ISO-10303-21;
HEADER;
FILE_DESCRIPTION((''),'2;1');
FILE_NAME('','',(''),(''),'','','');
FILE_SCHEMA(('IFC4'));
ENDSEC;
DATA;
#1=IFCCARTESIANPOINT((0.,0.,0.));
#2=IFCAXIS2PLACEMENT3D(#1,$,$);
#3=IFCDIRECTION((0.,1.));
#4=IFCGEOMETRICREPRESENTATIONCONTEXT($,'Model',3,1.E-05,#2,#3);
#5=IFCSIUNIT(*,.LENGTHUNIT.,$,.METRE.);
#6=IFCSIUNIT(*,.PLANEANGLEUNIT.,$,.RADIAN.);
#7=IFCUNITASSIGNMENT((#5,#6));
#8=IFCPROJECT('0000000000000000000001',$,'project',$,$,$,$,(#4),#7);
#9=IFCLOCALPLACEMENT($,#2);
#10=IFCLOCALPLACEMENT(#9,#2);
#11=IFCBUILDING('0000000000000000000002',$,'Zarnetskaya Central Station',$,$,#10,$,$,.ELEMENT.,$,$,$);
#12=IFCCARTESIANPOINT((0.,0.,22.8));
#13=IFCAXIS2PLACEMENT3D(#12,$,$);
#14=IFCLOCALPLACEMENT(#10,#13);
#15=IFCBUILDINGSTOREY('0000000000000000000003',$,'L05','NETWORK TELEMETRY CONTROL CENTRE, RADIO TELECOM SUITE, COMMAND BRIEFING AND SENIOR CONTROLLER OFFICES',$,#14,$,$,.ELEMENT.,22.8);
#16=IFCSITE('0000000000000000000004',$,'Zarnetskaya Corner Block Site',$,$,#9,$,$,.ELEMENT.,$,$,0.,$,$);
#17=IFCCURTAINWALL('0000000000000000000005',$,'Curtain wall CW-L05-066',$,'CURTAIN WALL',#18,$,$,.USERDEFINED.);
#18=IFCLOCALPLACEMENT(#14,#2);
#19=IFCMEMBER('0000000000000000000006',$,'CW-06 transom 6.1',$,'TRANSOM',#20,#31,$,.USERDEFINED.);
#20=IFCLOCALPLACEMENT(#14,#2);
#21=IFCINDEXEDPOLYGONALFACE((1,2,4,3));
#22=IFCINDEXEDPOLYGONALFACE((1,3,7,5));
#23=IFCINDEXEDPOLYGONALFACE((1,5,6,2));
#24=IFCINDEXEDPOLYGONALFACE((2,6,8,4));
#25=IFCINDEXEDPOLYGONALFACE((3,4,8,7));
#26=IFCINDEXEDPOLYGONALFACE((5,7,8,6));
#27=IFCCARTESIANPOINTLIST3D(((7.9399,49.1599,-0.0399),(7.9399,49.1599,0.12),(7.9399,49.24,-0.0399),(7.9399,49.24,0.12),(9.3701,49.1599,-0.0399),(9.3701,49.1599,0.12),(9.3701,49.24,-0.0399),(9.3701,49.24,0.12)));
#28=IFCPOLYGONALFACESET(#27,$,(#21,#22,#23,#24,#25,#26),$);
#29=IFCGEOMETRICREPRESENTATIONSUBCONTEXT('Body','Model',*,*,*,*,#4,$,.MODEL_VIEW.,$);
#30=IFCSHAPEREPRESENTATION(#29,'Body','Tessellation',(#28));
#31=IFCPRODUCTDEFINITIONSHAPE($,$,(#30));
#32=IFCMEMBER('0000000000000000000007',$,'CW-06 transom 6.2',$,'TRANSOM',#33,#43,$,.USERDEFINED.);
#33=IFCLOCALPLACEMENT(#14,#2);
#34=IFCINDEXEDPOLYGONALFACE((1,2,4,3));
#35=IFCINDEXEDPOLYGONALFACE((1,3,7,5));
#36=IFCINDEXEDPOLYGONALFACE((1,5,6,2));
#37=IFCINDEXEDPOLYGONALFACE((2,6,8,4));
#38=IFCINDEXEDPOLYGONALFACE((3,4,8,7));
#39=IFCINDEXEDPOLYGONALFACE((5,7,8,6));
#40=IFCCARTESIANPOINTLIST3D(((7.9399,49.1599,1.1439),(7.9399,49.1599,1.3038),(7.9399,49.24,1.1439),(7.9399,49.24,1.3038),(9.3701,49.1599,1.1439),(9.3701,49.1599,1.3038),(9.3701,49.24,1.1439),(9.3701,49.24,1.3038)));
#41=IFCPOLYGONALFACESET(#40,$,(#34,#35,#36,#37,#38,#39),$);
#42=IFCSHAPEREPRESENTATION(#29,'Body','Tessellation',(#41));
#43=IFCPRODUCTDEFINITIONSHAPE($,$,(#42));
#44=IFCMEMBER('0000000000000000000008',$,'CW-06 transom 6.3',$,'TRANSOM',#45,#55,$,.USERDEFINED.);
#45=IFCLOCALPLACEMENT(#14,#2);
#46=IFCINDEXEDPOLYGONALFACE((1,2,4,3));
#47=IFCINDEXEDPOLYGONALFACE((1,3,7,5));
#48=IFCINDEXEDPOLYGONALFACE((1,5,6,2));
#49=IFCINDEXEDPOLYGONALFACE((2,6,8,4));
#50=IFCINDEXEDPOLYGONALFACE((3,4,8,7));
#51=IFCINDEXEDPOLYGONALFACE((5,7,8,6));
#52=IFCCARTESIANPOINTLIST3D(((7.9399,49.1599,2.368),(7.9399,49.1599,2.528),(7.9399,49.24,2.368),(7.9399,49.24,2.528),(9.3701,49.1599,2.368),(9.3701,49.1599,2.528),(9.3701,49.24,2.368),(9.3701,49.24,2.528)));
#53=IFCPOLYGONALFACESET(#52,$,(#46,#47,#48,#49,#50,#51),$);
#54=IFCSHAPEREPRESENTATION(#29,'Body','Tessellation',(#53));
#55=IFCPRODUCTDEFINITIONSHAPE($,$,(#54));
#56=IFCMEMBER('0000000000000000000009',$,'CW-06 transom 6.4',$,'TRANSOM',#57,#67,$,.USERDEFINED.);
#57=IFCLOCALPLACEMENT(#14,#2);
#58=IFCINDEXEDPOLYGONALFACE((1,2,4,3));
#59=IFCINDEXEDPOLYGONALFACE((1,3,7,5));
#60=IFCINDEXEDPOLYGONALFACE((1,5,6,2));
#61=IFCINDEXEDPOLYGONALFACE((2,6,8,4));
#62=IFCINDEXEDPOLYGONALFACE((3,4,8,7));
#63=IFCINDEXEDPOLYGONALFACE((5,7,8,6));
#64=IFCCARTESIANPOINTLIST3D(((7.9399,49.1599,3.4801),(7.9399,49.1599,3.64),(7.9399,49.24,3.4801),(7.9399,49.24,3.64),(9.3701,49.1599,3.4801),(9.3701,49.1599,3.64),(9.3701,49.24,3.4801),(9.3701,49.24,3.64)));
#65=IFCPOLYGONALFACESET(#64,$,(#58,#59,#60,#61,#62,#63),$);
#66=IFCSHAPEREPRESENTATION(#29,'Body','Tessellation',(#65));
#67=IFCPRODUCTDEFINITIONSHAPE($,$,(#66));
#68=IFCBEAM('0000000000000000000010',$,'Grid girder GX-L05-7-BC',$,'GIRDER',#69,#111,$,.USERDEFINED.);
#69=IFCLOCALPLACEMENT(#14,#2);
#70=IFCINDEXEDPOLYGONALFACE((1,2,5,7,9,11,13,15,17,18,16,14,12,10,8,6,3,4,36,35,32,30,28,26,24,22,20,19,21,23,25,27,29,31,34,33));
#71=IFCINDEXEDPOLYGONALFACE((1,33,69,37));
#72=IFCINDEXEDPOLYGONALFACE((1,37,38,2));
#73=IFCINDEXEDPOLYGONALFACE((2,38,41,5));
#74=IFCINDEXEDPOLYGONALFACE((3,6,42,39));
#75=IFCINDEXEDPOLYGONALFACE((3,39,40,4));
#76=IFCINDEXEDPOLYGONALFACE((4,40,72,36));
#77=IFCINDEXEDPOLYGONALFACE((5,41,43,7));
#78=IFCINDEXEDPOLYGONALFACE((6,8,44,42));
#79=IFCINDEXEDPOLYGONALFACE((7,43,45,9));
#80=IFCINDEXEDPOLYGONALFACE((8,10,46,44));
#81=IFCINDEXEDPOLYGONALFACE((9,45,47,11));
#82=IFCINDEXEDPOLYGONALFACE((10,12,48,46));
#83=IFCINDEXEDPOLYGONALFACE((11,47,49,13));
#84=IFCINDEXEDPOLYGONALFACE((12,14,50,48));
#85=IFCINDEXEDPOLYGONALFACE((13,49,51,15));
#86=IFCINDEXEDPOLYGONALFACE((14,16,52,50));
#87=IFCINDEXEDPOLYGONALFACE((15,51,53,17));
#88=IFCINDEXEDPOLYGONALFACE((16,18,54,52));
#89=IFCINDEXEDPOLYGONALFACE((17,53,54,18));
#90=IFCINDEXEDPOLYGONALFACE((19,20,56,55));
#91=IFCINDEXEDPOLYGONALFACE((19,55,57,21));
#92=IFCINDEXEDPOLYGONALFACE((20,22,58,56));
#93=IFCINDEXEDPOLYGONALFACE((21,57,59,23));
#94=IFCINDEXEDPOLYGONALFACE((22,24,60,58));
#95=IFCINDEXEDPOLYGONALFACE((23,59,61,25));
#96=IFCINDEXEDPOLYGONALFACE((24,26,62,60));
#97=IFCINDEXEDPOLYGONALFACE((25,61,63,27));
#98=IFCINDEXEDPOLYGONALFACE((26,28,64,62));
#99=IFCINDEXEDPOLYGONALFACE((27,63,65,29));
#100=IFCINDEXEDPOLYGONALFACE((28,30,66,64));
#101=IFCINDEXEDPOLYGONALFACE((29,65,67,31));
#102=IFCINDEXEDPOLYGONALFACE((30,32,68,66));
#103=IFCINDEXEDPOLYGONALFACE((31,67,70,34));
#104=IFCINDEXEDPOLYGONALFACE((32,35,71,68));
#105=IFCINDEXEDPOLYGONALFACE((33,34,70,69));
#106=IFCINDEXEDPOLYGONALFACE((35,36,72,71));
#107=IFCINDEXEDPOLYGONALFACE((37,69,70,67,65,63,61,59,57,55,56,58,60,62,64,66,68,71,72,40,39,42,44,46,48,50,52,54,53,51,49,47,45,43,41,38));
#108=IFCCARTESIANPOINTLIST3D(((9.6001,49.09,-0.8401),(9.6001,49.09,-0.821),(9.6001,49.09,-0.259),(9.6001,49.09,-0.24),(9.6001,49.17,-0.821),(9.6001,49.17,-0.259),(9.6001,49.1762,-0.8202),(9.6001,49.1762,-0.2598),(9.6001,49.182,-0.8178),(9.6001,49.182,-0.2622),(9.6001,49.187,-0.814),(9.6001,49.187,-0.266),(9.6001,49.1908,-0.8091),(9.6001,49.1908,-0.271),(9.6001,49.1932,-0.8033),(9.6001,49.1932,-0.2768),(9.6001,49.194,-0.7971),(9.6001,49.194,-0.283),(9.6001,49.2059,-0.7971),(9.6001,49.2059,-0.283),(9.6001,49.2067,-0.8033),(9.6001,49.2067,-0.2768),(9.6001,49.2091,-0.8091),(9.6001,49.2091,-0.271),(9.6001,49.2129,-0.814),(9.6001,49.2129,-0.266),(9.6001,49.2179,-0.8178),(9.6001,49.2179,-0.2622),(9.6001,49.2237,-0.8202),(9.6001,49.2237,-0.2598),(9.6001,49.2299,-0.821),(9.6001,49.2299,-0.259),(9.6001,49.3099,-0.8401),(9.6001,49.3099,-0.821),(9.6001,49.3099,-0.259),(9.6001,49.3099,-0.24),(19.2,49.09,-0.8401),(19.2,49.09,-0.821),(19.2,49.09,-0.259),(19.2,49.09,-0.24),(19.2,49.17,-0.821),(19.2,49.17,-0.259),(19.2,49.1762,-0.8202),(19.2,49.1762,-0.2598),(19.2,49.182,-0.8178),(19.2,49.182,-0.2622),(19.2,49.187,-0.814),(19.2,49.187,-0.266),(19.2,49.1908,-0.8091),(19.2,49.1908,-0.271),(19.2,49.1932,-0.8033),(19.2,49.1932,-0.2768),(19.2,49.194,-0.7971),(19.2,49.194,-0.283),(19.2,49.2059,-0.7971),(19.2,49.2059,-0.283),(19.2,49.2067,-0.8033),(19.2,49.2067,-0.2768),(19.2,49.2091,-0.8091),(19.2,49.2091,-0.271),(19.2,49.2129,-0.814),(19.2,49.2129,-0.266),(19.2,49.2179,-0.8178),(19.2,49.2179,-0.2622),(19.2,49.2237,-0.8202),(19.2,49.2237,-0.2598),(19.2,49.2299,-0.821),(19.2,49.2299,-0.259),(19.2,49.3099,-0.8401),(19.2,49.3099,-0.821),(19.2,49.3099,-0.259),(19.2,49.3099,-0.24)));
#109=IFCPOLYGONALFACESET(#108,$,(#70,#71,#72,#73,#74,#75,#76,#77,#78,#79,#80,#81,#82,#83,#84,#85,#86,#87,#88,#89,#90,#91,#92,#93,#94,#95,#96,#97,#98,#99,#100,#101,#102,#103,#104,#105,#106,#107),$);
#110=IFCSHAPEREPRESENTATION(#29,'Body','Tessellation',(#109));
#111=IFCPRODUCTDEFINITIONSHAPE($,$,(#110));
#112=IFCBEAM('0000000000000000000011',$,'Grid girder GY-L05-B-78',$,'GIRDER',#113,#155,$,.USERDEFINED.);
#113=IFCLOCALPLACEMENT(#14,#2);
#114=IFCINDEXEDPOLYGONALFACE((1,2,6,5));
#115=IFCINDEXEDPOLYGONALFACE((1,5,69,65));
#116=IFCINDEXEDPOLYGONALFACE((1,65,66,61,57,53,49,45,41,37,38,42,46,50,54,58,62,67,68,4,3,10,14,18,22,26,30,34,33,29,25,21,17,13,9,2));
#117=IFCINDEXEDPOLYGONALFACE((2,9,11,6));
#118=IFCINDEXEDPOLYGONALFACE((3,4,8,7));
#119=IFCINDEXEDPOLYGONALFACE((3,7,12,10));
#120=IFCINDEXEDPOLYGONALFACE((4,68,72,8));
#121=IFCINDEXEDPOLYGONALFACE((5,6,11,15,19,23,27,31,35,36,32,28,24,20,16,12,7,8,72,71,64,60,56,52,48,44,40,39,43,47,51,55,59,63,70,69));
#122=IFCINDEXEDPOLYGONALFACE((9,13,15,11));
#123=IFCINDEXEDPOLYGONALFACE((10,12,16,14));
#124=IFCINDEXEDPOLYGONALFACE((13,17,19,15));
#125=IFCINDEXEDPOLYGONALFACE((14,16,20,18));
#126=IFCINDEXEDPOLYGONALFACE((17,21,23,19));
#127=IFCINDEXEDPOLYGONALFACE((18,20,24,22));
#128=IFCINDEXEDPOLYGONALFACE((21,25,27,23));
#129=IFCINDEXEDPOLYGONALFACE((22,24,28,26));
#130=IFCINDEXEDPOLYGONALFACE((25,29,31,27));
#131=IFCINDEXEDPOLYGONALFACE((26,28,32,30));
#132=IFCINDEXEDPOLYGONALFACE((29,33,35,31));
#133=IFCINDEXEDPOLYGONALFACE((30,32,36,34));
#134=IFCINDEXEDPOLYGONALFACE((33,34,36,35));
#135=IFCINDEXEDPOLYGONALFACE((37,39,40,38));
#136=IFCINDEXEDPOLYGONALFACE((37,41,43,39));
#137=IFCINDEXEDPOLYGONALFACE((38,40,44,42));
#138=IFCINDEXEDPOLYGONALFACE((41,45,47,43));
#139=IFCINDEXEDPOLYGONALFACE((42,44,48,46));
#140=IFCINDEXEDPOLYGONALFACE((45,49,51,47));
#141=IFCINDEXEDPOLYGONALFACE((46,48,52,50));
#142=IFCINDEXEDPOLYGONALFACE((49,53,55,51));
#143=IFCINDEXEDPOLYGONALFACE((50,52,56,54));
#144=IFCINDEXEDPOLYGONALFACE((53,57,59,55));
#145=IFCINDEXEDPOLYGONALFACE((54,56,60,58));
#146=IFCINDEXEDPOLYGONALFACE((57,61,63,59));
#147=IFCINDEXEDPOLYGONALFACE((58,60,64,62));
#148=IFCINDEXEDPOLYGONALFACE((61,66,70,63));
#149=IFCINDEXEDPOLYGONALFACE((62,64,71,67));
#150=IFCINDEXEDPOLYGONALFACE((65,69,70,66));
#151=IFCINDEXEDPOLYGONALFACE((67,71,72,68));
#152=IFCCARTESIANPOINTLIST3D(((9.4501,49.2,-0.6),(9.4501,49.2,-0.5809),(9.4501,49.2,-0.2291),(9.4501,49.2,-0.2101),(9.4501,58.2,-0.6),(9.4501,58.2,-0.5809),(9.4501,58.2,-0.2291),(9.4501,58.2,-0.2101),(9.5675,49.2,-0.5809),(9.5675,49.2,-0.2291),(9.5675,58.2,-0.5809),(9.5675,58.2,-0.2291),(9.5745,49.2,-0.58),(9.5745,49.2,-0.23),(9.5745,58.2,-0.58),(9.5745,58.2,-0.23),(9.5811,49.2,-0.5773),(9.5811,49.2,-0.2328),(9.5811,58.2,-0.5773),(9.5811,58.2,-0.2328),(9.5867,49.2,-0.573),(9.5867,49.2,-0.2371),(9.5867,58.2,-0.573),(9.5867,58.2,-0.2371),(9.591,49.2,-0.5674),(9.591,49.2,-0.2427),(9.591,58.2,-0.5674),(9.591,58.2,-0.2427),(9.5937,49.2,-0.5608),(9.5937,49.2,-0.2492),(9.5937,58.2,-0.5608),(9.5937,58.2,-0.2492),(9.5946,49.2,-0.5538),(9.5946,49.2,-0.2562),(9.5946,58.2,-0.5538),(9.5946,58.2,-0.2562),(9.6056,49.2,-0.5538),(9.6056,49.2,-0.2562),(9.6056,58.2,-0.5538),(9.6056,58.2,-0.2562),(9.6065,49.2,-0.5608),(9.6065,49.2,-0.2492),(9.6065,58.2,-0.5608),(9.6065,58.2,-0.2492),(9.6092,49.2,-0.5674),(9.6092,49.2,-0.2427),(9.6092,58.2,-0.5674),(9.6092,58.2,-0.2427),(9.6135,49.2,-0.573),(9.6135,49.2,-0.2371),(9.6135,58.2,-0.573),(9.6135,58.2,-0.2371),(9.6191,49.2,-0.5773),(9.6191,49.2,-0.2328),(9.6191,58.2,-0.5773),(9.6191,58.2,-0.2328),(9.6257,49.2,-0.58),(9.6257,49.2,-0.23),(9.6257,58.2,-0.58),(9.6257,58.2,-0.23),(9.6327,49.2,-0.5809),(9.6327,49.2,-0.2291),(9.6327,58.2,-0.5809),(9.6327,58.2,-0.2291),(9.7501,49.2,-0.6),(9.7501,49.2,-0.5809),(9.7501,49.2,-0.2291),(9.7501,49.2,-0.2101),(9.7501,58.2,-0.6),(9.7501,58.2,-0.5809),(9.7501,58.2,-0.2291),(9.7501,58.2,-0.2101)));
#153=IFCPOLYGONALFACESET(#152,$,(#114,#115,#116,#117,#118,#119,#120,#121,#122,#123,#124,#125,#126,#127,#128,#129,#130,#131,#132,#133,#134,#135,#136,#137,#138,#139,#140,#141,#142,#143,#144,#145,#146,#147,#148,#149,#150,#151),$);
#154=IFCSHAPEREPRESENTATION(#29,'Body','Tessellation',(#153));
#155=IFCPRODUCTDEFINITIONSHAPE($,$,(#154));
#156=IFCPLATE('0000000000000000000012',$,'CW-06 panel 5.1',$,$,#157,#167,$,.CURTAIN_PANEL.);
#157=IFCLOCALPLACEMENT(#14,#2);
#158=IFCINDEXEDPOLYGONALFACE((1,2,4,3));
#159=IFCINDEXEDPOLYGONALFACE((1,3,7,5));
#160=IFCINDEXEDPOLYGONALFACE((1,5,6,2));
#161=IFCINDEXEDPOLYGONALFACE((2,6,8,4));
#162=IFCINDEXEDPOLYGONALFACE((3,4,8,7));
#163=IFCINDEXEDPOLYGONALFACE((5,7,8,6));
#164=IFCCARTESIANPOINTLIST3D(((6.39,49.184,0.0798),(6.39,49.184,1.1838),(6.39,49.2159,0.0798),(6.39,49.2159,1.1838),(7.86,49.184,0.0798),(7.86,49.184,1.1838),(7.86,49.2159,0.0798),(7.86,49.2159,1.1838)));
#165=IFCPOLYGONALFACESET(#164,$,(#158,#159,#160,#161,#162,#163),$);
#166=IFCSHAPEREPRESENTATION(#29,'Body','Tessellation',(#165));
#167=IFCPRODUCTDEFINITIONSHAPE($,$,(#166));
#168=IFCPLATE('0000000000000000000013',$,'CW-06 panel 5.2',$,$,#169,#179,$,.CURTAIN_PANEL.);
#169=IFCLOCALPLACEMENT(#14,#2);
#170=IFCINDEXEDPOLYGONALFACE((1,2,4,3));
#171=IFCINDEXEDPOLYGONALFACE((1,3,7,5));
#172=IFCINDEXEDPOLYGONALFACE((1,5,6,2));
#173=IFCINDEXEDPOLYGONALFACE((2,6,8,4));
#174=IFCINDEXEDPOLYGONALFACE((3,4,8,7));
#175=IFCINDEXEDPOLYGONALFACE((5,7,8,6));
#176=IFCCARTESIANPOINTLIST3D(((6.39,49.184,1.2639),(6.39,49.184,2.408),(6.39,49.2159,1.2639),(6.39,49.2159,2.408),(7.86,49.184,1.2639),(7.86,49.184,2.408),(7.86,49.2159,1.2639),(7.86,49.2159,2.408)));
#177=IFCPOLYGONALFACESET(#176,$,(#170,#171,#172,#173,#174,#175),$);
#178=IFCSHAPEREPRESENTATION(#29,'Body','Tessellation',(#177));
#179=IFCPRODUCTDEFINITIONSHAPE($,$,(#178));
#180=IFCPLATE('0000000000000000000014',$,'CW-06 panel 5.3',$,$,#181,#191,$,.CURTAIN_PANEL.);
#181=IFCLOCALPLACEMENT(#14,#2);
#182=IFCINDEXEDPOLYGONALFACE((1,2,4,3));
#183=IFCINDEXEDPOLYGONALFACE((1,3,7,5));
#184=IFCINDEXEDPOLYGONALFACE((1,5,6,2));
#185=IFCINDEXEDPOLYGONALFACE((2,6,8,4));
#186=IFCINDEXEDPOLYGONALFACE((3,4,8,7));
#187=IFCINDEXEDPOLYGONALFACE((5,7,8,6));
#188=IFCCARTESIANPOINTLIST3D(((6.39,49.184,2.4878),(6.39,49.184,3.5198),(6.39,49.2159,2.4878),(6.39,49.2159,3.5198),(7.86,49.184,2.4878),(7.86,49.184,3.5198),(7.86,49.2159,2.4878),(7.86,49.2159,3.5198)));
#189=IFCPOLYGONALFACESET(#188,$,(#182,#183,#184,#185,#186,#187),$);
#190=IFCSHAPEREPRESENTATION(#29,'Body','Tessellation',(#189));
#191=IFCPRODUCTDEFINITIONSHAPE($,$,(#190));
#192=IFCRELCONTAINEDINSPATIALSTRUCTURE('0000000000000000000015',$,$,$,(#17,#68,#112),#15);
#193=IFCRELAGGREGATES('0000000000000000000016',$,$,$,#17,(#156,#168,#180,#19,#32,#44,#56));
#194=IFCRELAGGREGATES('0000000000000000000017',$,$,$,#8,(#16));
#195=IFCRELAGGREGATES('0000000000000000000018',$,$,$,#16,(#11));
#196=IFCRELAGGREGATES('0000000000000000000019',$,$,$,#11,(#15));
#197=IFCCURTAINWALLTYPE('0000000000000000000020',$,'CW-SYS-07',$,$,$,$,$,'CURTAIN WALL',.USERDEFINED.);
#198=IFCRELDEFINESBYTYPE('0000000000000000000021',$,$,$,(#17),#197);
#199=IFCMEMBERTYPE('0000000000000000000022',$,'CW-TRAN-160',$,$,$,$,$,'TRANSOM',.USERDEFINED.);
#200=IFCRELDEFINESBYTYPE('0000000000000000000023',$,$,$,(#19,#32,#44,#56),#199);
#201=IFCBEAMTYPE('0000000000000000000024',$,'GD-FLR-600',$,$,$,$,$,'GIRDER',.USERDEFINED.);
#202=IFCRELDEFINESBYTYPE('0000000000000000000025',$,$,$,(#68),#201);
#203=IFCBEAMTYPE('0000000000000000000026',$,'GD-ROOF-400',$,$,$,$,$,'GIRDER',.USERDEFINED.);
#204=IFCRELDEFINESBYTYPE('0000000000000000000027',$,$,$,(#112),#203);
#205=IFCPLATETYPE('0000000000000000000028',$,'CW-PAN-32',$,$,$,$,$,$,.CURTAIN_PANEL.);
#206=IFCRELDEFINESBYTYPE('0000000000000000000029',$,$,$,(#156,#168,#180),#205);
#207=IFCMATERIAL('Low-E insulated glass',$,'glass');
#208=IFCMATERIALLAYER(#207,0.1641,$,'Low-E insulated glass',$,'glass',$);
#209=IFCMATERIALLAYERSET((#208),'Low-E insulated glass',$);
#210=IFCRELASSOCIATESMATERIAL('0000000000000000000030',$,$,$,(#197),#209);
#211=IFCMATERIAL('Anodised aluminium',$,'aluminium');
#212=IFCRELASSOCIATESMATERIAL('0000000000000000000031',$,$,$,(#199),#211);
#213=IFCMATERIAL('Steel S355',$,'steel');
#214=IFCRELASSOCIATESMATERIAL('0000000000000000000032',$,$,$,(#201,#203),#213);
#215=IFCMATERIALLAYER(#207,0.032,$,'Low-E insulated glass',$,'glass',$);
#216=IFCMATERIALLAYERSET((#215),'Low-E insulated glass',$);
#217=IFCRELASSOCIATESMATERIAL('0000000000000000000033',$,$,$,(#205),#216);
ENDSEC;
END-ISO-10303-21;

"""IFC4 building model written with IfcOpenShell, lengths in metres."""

from ifc_helpers import new_model, si_unit, direction, frame, origin, origin_2d, place, context, subcontext, project, spatial, rectangle, i_section, extrude, material, layer, layer_set, material_profile, profile_set, type_object, element, aggregate, save


model = new_model("IFC4")

# Units and contexts
model_context = context("Model", 3, precision=1e-05, world=origin(), true_north=direction((0.0, 1.0)))
body_context = subcontext(model_context, "Body", "Model", "MODEL_VIEW")
ifc_project = project(units=[si_unit("LENGTHUNIT", "METRE"), si_unit("PLANEANGLEUNIT", "RADIAN")], contexts=[model_context])

# Site, building, storey
site_placement = place(None, origin())
site = spatial("IfcSite", under=ifc_project, at=site_placement, Name="Zarnetskaya Corner Block Site", CompositionType="ELEMENT", RefElevation=0.0)
building_placement = place(site_placement, origin())
building = spatial("IfcBuilding", under=site, at=building_placement, Name="Zarnetskaya Central Station", CompositionType="ELEMENT")
storey_placement = place(building_placement, frame((0.0, 0.0, 22.8)))
storey = spatial("IfcBuildingStorey", under=building, at=storey_placement, Name="L05", Description="NETWORK TELEMETRY CONTROL CENTRE, RADIO TELECOM SUITE, COMMAND BRIEFING AND SENIOR CONTROLLER OFFICES", CompositionType="ELEMENT", Elevation=22.8)

# Shared definitions
ifc_material_1 = material(Name="Steel S355", Category="steel")

# Curtain wall
ifc_material_2 = material(Name="Low-E insulated glass", Category="glass")
ifc_layer_1 = layer(ifc_material_2, 0.1641, Name="Low-E insulated glass", Category="glass")
ifc_layer_set_1 = layer_set([ifc_layer_1], Name="Low-E insulated glass")
curtain_wall_type = type_object("IfcCurtainWallType", Name="CW-SYS-07", ElementType="CURTAIN WALL", PredefinedType="USERDEFINED", material=ifc_layer_set_1)
curtain_wall_1_placement = place(storey_placement, origin())
curtain_wall_1 = element("IfcCurtainWall", 1, at=curtain_wall_1_placement, inside=storey, type_object=curtain_wall_type, Name="Curtain wall CW-L05-066", ObjectType="CURTAIN WALL", PredefinedType="USERDEFINED")
ifc_material_3 = material(Name="Anodised aluminium", Category="aluminium")

# Members
ifc_material_profile_1 = material_profile(ifc_material_3, rectangle(XDim=0.0801, YDim=0.1599, at=origin_2d()), Name="ALU TRAN 80x160")
ifc_profile_set_1 = profile_set([ifc_material_profile_1], Name="Anodised aluminium")
member_type_1 = type_object("IfcMemberType", Name="CW-TRAN-160", ElementType="TRANSOM", PredefinedType="USERDEFINED", material=ifc_profile_set_1)
member_1_placement = place(storey_placement, frame((7.9399, 49.2, 0.04), z_axis=(1.0, 0.0, 0.0), x_axis=(0.0, 1.0, 0.0)))
member_1 = element("IfcMember", 2, at=member_1_placement, type_object=member_type_1, Name="CW-06 transom 6.1", ObjectType="TRANSOM", PredefinedType="USERDEFINED", context=body_context, shape_type="SweptSolid", body=[
    extrude(rectangle(XDim=0.0801, YDim=0.1599, at=origin_2d()), origin(), (0.0, 0.0, 1.0), 1.4302),
])
member_2_placement = place(storey_placement, frame((7.9399, 49.2, 1.2239), z_axis=(1.0, 0.0, 0.0), x_axis=(0.0, 1.0, 0.0)))
member_2 = element("IfcMember", 3, at=member_2_placement, type_object=member_type_1, Name="CW-06 transom 6.2", ObjectType="TRANSOM", PredefinedType="USERDEFINED", context=body_context, shape_type="SweptSolid", body=[
    extrude(rectangle(XDim=0.0801, YDim=0.1599, at=origin_2d()), origin(), (0.0, 0.0, 1.0), 1.4302),
])
member_3_placement = place(storey_placement, frame((7.9399, 49.2, 2.448), z_axis=(1.0, 0.0, 0.0), x_axis=(0.0, 1.0, 0.0)))
member_3 = element("IfcMember", 4, at=member_3_placement, type_object=member_type_1, Name="CW-06 transom 6.3", ObjectType="TRANSOM", PredefinedType="USERDEFINED", context=body_context, shape_type="SweptSolid", body=[
    extrude(rectangle(XDim=0.0801, YDim=0.1599, at=origin_2d()), origin(), (0.0, 0.0, 1.0), 1.4302),
])
member_4_placement = place(storey_placement, frame((7.9399, 49.2, 3.5601), z_axis=(1.0, 0.0, 0.0), x_axis=(0.0, 1.0, 0.0)))
member_4 = element("IfcMember", 5, at=member_4_placement, type_object=member_type_1, Name="CW-06 transom 6.4", ObjectType="TRANSOM", PredefinedType="USERDEFINED", context=body_context, shape_type="SweptSolid", body=[
    extrude(rectangle(XDim=0.0801, YDim=0.1599, at=origin_2d()), origin(), (0.0, 0.0, 1.0), 1.4302),
])

# Beams
ifc_material_profile_2 = material_profile(ifc_material_1, i_section(OverallWidth=0.22, OverallDepth=0.6001, WebThickness=0.012, FlangeThickness=0.019, FilletRadius=0.0239, at=origin_2d()), Name="IPE 600")
ifc_profile_set_2 = profile_set([ifc_material_profile_2], Name="Steel S355")
beam_type_1 = type_object("IfcBeamType", Name="GD-FLR-600", ElementType="GIRDER", PredefinedType="USERDEFINED", material=ifc_profile_set_2)
beam_1_placement = place(storey_placement, frame((9.6001, 49.2, -0.54), z_axis=(1.0, 0.0, 0.0), x_axis=(0.0, 1.0, 0.0)))
element("IfcBeam", 6, at=beam_1_placement, inside=storey, type_object=beam_type_1, Name="Grid girder GX-L05-7-BC", ObjectType="GIRDER", PredefinedType="USERDEFINED", context=body_context, shape_type="SweptSolid", body=[
    extrude(i_section(OverallWidth=0.22, OverallDepth=0.6001, WebThickness=0.012, FlangeThickness=0.019, FilletRadius=0.0239, at=origin_2d()), origin(), (0.0, 0.0, 1.0), 9.5999),
])
ifc_material_profile_3 = material_profile(ifc_material_1, i_section(OverallWidth=0.3, OverallDepth=0.3899, WebThickness=0.011, FlangeThickness=0.019, FilletRadius=0.0271, at=origin_2d()), Name="HEA 400")
ifc_profile_set_3 = profile_set([ifc_material_profile_3], Name="Steel S355")
beam_type_2 = type_object("IfcBeamType", Name="GD-ROOF-400", ElementType="GIRDER", PredefinedType="USERDEFINED", material=ifc_profile_set_3)
beam_2_placement = place(storey_placement, frame((9.6001, 49.2, -0.405), z_axis=(0.0, 1.0, 0.0), x_axis=(-1.0, 0.0, 0.0)))
element("IfcBeam", 7, at=beam_2_placement, inside=storey, type_object=beam_type_2, Name="Grid girder GY-L05-B-78", ObjectType="GIRDER", PredefinedType="USERDEFINED", context=body_context, shape_type="SweptSolid", body=[
    extrude(i_section(OverallWidth=0.3, OverallDepth=0.3899, WebThickness=0.011, FlangeThickness=0.019, FilletRadius=0.0271, at=origin_2d()), origin(), (0.0, 0.0, 1.0), 9.0),
])

# Plates
ifc_layer_2 = layer(ifc_material_2, 0.032, Name="Low-E insulated glass", Category="glass")
ifc_layer_set_2 = layer_set([ifc_layer_2], Name="Low-E insulated glass")
plate_type = type_object("IfcPlateType", Name="CW-PAN-32", PredefinedType="CURTAIN_PANEL", material=ifc_layer_set_2)
plate_1_placement = place(storey_placement, frame((7.125, 49.2, 0.0798), z_axis=(0.0, 0.0, 1.0), x_axis=(1.0, 0.0, 0.0)))
plate_1 = element("IfcPlate", 8, at=plate_1_placement, type_object=plate_type, Name="CW-06 panel 5.1", PredefinedType="CURTAIN_PANEL", context=body_context, shape_type="SweptSolid", body=[
    extrude(rectangle(XDim=1.47, YDim=0.032, at=origin_2d()), origin(), (0.0, 0.0, 1.0), 1.104),
])
plate_2_placement = place(storey_placement, frame((7.125, 49.2, 1.2639), z_axis=(0.0, 0.0, 1.0), x_axis=(1.0, 0.0, 0.0)))
plate_2 = element("IfcPlate", 9, at=plate_2_placement, type_object=plate_type, Name="CW-06 panel 5.2", PredefinedType="CURTAIN_PANEL", context=body_context, shape_type="SweptSolid", body=[
    extrude(rectangle(XDim=1.47, YDim=0.032, at=origin_2d()), origin(), (0.0, 0.0, 1.0), 1.144),
])
plate_3_placement = place(storey_placement, frame((7.125, 49.2, 2.4878), z_axis=(0.0, 0.0, 1.0), x_axis=(1.0, 0.0, 0.0)))
plate_3 = element("IfcPlate", 10, at=plate_3_placement, type_object=plate_type, Name="CW-06 panel 5.3", PredefinedType="CURTAIN_PANEL", context=body_context, shape_type="SweptSolid", body=[
    extrude(rectangle(XDim=1.47, YDim=0.032, at=origin_2d()), origin(), (0.0, 0.0, 1.0), 1.032),
])
aggregate(curtain_wall_1, [plate_1, plate_2, plate_3, member_1, member_2, member_3, member_4])

save(model, "model.ifc")
